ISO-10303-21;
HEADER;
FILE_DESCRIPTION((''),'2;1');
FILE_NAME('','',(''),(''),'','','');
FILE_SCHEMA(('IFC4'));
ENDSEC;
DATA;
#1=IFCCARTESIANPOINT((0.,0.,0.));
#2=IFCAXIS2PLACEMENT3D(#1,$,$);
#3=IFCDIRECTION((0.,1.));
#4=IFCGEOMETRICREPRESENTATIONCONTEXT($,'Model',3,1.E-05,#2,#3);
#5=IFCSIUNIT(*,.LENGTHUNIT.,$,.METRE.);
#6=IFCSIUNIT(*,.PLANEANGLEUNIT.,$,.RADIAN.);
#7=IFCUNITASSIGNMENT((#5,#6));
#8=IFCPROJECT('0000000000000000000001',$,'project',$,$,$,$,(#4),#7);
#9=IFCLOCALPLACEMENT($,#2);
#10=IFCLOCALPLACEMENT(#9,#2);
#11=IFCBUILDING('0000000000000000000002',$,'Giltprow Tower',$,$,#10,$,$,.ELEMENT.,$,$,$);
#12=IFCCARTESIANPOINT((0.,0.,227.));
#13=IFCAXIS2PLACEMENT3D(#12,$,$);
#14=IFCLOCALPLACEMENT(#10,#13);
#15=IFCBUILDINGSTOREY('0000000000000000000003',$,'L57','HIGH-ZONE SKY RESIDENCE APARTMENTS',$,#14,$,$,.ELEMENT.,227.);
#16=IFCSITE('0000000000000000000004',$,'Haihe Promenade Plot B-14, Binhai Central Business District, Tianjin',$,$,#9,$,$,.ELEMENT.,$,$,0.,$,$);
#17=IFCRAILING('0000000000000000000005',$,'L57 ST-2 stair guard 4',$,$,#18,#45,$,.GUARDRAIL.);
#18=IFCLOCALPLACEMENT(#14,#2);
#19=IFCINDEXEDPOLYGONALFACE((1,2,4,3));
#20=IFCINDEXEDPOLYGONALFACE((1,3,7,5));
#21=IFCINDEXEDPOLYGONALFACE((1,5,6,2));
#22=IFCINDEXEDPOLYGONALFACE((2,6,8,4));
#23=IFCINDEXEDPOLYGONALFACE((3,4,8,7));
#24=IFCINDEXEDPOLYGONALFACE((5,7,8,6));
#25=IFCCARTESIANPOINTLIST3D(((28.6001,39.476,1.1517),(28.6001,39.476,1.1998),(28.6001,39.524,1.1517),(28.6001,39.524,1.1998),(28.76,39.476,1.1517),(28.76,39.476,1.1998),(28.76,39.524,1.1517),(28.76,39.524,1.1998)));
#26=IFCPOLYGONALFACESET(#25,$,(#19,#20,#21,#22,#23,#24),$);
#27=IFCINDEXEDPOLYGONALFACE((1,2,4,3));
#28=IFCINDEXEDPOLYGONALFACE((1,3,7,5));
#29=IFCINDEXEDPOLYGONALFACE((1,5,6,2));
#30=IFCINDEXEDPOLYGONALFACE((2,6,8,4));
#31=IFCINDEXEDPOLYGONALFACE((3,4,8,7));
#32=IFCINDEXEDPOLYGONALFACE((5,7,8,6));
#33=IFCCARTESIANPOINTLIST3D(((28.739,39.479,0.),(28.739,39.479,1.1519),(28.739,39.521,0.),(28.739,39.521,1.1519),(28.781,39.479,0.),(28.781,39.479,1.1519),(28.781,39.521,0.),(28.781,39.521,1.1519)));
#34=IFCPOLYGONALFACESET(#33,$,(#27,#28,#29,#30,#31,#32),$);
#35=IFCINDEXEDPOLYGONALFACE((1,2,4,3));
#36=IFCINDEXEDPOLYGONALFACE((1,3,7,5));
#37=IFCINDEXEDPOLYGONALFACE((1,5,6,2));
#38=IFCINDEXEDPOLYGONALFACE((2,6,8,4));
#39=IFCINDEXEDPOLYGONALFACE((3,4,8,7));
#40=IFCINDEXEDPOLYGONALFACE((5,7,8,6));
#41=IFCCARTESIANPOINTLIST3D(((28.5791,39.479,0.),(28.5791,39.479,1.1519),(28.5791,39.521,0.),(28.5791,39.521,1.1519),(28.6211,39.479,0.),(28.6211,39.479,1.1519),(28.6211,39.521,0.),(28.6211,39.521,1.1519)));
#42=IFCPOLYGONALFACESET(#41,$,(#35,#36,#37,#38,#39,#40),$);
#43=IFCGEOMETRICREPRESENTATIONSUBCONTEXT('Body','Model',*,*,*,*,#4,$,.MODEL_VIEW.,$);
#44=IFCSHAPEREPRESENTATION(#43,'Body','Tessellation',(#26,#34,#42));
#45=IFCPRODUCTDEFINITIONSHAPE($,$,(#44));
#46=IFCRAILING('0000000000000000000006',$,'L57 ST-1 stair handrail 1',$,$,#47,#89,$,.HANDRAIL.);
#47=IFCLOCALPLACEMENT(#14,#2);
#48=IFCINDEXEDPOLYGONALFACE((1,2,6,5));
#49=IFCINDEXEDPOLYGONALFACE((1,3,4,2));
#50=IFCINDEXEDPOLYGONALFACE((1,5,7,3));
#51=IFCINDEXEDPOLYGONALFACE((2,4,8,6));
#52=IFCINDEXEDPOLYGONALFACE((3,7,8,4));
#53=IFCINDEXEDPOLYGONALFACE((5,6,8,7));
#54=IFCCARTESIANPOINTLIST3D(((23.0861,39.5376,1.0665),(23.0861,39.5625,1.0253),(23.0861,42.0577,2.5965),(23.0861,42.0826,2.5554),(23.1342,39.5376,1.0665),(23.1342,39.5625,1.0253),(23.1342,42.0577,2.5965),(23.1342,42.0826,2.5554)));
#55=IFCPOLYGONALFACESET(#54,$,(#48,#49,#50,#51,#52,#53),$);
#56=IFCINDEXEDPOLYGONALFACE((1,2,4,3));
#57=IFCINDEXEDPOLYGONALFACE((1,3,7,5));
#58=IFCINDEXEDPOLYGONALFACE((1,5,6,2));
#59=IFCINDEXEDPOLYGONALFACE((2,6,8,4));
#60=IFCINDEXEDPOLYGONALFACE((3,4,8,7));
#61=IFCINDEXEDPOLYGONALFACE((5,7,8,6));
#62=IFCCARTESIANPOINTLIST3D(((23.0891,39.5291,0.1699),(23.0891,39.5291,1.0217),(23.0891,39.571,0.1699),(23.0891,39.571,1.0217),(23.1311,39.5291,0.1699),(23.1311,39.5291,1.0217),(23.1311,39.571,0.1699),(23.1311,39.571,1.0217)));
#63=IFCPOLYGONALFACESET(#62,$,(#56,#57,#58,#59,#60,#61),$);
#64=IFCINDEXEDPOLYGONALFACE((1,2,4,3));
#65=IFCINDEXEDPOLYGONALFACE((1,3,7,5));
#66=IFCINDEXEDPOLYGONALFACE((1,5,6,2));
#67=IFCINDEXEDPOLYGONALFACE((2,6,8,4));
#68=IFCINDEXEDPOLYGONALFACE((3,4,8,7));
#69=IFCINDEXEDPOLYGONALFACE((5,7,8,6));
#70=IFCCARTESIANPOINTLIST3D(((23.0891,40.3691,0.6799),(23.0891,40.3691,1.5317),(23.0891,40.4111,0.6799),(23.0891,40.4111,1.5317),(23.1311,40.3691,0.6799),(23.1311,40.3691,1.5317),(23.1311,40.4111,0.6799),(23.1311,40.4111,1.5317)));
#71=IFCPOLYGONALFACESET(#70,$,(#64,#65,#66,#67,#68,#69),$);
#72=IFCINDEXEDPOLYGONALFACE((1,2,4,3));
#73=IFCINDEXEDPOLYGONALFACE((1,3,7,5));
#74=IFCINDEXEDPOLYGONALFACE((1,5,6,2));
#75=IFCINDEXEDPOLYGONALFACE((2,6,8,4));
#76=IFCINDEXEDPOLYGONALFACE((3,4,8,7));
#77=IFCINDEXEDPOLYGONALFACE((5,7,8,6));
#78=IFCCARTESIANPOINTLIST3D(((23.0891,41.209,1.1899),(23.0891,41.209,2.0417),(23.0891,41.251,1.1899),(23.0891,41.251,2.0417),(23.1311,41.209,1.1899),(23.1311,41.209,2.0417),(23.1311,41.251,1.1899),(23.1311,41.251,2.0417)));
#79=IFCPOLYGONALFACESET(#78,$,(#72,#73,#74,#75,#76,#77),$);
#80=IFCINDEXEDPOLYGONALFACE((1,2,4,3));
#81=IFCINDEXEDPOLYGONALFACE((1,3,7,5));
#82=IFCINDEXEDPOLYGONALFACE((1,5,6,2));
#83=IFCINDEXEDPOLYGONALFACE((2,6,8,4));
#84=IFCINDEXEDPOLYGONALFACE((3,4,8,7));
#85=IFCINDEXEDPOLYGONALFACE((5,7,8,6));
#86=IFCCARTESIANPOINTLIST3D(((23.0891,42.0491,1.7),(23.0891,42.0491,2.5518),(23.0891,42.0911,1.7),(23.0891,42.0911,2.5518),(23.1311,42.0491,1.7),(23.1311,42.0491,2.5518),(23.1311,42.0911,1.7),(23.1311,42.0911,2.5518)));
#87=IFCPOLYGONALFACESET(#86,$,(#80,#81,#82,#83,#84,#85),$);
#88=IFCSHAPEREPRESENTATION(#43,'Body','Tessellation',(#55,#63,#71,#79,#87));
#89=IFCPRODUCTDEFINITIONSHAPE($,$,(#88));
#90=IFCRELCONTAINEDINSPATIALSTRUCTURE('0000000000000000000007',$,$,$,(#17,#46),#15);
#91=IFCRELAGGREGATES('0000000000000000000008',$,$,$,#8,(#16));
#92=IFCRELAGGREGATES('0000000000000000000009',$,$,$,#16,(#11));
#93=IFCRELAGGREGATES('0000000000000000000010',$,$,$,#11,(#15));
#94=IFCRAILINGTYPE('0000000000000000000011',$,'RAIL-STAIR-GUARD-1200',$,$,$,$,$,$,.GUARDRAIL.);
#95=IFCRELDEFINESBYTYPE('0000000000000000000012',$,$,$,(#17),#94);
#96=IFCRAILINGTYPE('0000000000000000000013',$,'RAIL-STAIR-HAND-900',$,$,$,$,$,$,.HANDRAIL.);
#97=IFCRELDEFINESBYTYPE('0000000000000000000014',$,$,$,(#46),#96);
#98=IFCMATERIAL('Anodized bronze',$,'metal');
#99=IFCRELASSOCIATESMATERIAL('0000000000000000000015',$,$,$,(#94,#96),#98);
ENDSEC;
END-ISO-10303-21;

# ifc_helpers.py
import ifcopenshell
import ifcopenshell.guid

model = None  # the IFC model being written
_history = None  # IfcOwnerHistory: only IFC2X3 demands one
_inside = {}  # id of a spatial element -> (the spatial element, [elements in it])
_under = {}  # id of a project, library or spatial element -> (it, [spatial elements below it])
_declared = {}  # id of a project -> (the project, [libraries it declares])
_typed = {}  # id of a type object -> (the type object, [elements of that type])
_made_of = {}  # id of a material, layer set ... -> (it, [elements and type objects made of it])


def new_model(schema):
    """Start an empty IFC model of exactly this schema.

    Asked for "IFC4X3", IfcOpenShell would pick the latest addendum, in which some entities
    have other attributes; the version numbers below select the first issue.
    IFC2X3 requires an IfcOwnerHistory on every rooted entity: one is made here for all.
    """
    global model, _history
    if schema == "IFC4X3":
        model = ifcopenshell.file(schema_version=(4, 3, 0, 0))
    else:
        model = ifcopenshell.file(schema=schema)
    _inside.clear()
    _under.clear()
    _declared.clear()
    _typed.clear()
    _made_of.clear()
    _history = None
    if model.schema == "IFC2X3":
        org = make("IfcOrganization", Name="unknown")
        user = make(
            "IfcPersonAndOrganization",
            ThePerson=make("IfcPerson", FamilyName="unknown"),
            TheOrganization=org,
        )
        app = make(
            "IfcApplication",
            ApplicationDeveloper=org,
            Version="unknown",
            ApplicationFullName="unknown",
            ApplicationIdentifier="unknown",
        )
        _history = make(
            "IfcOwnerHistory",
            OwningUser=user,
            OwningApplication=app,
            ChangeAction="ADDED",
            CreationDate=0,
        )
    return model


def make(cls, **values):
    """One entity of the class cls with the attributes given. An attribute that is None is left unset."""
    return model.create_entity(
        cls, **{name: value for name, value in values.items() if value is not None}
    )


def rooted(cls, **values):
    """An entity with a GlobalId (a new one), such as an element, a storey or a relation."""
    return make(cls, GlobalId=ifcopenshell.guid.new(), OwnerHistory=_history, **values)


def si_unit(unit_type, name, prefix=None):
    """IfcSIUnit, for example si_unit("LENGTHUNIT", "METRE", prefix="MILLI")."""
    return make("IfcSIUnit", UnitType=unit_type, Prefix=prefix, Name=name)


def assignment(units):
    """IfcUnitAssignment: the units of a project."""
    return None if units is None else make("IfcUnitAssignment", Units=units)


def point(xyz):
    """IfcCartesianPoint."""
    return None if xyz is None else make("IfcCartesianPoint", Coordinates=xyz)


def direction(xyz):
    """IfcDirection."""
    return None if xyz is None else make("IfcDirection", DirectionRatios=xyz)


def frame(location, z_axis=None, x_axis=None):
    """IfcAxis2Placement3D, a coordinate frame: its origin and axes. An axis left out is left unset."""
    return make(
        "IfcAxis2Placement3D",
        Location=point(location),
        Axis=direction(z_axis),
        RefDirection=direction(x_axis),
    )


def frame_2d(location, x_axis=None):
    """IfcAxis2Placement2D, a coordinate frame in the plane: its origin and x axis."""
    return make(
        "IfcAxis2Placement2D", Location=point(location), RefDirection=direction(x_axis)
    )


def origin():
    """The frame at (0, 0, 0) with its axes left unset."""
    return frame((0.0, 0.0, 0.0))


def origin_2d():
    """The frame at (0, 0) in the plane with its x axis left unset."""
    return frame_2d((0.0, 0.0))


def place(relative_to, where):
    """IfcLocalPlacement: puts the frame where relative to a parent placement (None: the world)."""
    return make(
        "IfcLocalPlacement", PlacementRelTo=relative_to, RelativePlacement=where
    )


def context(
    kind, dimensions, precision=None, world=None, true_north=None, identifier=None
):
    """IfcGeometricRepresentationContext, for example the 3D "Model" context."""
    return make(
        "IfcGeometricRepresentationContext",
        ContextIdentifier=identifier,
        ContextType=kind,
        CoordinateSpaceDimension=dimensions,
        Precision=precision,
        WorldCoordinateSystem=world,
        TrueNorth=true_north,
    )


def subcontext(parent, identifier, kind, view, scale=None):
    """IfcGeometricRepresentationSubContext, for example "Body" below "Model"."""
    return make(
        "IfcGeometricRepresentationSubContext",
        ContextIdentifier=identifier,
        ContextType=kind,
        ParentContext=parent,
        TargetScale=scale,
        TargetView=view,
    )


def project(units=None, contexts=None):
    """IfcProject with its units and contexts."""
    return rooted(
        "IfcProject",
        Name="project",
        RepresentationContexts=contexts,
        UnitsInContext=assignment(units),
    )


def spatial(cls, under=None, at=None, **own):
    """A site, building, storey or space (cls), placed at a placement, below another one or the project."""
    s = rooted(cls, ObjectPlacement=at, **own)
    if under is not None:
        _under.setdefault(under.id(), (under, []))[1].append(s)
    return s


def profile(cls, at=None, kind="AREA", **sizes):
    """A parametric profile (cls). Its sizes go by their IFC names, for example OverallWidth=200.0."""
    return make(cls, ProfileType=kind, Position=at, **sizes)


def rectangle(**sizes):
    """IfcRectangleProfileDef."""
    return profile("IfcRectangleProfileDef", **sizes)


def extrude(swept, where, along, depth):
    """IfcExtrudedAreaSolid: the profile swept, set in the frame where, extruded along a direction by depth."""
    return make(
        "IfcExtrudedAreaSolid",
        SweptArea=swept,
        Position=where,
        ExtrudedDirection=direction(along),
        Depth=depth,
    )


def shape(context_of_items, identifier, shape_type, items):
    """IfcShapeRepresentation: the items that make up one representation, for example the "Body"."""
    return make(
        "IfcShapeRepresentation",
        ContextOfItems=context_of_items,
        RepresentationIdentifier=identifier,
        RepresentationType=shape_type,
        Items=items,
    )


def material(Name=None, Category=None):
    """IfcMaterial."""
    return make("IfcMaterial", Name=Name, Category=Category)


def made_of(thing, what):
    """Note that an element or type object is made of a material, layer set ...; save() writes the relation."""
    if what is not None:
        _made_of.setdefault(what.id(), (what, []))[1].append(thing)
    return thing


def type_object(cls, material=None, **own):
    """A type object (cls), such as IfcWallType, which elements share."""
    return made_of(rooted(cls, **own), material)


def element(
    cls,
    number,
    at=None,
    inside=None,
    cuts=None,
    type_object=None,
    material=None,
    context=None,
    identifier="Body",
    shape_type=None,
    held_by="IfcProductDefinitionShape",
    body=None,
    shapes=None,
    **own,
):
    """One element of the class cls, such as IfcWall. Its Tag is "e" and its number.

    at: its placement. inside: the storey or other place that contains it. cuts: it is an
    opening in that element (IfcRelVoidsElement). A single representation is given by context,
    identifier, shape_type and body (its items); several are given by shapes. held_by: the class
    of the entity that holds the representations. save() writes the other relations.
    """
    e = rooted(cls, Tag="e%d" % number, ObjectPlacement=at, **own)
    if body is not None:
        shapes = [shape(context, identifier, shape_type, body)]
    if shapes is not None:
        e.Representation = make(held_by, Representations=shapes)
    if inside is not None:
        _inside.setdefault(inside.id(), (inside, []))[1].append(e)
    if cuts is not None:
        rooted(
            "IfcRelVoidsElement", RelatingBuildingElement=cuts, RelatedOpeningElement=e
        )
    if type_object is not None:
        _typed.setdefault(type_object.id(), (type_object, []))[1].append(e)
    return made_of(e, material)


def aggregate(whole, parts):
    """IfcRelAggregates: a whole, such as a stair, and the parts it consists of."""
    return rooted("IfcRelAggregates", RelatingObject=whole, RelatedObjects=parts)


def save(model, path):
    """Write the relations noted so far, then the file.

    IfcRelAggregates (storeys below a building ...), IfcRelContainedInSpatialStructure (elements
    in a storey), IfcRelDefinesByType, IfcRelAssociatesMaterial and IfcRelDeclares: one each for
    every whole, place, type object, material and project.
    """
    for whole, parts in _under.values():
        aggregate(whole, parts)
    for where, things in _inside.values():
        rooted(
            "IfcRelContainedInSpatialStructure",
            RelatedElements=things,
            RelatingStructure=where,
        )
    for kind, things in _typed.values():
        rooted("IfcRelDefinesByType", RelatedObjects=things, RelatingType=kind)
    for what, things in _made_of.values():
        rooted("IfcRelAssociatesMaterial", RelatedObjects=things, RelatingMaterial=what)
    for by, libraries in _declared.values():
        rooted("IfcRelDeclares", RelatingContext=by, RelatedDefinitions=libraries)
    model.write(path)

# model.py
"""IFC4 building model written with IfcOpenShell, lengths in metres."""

from ifc_helpers import new_model, si_unit, direction, frame, origin, origin_2d, place, context, subcontext, project, spatial, rectangle, extrude, material, type_object, element, save


model = new_model("IFC4")

# Units and contexts
model_context = context("Model", 3, precision=1e-05, world=origin(), true_north=direction((0.0, 1.0)))
body_context = subcontext(model_context, "Body", "Model", "MODEL_VIEW")
ifc_project = project(units=[si_unit("LENGTHUNIT", "METRE"), si_unit("PLANEANGLEUNIT", "RADIAN")], contexts=[model_context])

# Site, building, storey
site_placement = place(None, origin())
site = spatial("IfcSite", under=ifc_project, at=site_placement, Name="Haihe Promenade Plot B-14, Binhai Central Business District, Tianjin", CompositionType="ELEMENT", RefElevation=0.0)
building_placement = place(site_placement, origin())
building = spatial("IfcBuilding", under=site, at=building_placement, Name="Giltprow Tower", CompositionType="ELEMENT")
storey_placement = place(building_placement, frame((0.0, 0.0, 227.0)))
storey = spatial("IfcBuildingStorey", under=building, at=storey_placement, Name="L57", Description="HIGH-ZONE SKY RESIDENCE APARTMENTS", CompositionType="ELEMENT", Elevation=227.0)

# Railings
ifc_material_1 = material(Name="Anodized bronze", Category="metal")
railing_type_1 = type_object("IfcRailingType", Name="RAIL-STAIR-GUARD-1200", PredefinedType="GUARDRAIL", material=ifc_material_1)
railing_1_placement = place(storey_placement, frame((28.76, 39.5, 0.0)))
element("IfcRailing", 1, at=railing_1_placement, inside=storey, type_object=railing_type_1, Name="L57 ST-2 stair guard 4", PredefinedType="GUARDRAIL", context=body_context, shape_type="SweptSolid", body=[
    extrude(rectangle(XDim=0.0481, YDim=0.0481, at=origin_2d()), frame((0.0, 0.0, 1.1758), z_axis=(-1.0, 0.0, 0.0), x_axis=(0.0, -1.0, 0.0)), (0.0, 0.0, 1.0), 0.1599),
    extrude(rectangle(XDim=0.042, YDim=0.042, at=origin_2d()), origin(), (0.0, 0.0, 1.0), 1.1519),
    extrude(rectangle(XDim=0.042, YDim=0.042, at=origin_2d()), frame((-0.1599, 0.0, 0.0)), (0.0, 0.0, 1.0), 1.1519),
])
railing_type_2 = type_object("IfcRailingType", Name="RAIL-STAIR-HAND-900", PredefinedType="HANDRAIL", material=ifc_material_1)
railing_2_placement = place(storey_placement, frame((23.1101, 39.55, 0.1699)))
element("IfcRailing", 2, at=railing_2_placement, inside=storey, type_object=railing_type_2, Name="L57 ST-1 stair handrail 1", PredefinedType="HANDRAIL", context=body_context, shape_type="SweptSolid", body=[
    extrude(rectangle(XDim=0.0481, YDim=0.0481, at=origin_2d()), frame((0.0, 0.0, 0.876), z_axis=(0.0, 0.854785, 0.518982), x_axis=(-1.0, 0.0, 0.0)), (0.0, 0.0, 1.0), 2.9482),
    extrude(rectangle(XDim=0.042, YDim=0.042, at=origin_2d()), origin(), (0.0, 0.0, 1.0), 0.8518),
    extrude(rectangle(XDim=0.042, YDim=0.042, at=origin_2d()), frame((0.0, 0.8401, 0.51)), (0.0, 0.0, 1.0), 0.8518),
    extrude(rectangle(XDim=0.042, YDim=0.042, at=origin_2d()), frame((0.0, 1.6799, 1.02)), (0.0, 0.0, 1.0), 0.8518),
    extrude(rectangle(XDim=0.042, YDim=0.042, at=origin_2d()), frame((0.0, 2.52, 1.53)), (0.0, 0.0, 1.0), 0.8518),
])

save(model, "model.ifc")
